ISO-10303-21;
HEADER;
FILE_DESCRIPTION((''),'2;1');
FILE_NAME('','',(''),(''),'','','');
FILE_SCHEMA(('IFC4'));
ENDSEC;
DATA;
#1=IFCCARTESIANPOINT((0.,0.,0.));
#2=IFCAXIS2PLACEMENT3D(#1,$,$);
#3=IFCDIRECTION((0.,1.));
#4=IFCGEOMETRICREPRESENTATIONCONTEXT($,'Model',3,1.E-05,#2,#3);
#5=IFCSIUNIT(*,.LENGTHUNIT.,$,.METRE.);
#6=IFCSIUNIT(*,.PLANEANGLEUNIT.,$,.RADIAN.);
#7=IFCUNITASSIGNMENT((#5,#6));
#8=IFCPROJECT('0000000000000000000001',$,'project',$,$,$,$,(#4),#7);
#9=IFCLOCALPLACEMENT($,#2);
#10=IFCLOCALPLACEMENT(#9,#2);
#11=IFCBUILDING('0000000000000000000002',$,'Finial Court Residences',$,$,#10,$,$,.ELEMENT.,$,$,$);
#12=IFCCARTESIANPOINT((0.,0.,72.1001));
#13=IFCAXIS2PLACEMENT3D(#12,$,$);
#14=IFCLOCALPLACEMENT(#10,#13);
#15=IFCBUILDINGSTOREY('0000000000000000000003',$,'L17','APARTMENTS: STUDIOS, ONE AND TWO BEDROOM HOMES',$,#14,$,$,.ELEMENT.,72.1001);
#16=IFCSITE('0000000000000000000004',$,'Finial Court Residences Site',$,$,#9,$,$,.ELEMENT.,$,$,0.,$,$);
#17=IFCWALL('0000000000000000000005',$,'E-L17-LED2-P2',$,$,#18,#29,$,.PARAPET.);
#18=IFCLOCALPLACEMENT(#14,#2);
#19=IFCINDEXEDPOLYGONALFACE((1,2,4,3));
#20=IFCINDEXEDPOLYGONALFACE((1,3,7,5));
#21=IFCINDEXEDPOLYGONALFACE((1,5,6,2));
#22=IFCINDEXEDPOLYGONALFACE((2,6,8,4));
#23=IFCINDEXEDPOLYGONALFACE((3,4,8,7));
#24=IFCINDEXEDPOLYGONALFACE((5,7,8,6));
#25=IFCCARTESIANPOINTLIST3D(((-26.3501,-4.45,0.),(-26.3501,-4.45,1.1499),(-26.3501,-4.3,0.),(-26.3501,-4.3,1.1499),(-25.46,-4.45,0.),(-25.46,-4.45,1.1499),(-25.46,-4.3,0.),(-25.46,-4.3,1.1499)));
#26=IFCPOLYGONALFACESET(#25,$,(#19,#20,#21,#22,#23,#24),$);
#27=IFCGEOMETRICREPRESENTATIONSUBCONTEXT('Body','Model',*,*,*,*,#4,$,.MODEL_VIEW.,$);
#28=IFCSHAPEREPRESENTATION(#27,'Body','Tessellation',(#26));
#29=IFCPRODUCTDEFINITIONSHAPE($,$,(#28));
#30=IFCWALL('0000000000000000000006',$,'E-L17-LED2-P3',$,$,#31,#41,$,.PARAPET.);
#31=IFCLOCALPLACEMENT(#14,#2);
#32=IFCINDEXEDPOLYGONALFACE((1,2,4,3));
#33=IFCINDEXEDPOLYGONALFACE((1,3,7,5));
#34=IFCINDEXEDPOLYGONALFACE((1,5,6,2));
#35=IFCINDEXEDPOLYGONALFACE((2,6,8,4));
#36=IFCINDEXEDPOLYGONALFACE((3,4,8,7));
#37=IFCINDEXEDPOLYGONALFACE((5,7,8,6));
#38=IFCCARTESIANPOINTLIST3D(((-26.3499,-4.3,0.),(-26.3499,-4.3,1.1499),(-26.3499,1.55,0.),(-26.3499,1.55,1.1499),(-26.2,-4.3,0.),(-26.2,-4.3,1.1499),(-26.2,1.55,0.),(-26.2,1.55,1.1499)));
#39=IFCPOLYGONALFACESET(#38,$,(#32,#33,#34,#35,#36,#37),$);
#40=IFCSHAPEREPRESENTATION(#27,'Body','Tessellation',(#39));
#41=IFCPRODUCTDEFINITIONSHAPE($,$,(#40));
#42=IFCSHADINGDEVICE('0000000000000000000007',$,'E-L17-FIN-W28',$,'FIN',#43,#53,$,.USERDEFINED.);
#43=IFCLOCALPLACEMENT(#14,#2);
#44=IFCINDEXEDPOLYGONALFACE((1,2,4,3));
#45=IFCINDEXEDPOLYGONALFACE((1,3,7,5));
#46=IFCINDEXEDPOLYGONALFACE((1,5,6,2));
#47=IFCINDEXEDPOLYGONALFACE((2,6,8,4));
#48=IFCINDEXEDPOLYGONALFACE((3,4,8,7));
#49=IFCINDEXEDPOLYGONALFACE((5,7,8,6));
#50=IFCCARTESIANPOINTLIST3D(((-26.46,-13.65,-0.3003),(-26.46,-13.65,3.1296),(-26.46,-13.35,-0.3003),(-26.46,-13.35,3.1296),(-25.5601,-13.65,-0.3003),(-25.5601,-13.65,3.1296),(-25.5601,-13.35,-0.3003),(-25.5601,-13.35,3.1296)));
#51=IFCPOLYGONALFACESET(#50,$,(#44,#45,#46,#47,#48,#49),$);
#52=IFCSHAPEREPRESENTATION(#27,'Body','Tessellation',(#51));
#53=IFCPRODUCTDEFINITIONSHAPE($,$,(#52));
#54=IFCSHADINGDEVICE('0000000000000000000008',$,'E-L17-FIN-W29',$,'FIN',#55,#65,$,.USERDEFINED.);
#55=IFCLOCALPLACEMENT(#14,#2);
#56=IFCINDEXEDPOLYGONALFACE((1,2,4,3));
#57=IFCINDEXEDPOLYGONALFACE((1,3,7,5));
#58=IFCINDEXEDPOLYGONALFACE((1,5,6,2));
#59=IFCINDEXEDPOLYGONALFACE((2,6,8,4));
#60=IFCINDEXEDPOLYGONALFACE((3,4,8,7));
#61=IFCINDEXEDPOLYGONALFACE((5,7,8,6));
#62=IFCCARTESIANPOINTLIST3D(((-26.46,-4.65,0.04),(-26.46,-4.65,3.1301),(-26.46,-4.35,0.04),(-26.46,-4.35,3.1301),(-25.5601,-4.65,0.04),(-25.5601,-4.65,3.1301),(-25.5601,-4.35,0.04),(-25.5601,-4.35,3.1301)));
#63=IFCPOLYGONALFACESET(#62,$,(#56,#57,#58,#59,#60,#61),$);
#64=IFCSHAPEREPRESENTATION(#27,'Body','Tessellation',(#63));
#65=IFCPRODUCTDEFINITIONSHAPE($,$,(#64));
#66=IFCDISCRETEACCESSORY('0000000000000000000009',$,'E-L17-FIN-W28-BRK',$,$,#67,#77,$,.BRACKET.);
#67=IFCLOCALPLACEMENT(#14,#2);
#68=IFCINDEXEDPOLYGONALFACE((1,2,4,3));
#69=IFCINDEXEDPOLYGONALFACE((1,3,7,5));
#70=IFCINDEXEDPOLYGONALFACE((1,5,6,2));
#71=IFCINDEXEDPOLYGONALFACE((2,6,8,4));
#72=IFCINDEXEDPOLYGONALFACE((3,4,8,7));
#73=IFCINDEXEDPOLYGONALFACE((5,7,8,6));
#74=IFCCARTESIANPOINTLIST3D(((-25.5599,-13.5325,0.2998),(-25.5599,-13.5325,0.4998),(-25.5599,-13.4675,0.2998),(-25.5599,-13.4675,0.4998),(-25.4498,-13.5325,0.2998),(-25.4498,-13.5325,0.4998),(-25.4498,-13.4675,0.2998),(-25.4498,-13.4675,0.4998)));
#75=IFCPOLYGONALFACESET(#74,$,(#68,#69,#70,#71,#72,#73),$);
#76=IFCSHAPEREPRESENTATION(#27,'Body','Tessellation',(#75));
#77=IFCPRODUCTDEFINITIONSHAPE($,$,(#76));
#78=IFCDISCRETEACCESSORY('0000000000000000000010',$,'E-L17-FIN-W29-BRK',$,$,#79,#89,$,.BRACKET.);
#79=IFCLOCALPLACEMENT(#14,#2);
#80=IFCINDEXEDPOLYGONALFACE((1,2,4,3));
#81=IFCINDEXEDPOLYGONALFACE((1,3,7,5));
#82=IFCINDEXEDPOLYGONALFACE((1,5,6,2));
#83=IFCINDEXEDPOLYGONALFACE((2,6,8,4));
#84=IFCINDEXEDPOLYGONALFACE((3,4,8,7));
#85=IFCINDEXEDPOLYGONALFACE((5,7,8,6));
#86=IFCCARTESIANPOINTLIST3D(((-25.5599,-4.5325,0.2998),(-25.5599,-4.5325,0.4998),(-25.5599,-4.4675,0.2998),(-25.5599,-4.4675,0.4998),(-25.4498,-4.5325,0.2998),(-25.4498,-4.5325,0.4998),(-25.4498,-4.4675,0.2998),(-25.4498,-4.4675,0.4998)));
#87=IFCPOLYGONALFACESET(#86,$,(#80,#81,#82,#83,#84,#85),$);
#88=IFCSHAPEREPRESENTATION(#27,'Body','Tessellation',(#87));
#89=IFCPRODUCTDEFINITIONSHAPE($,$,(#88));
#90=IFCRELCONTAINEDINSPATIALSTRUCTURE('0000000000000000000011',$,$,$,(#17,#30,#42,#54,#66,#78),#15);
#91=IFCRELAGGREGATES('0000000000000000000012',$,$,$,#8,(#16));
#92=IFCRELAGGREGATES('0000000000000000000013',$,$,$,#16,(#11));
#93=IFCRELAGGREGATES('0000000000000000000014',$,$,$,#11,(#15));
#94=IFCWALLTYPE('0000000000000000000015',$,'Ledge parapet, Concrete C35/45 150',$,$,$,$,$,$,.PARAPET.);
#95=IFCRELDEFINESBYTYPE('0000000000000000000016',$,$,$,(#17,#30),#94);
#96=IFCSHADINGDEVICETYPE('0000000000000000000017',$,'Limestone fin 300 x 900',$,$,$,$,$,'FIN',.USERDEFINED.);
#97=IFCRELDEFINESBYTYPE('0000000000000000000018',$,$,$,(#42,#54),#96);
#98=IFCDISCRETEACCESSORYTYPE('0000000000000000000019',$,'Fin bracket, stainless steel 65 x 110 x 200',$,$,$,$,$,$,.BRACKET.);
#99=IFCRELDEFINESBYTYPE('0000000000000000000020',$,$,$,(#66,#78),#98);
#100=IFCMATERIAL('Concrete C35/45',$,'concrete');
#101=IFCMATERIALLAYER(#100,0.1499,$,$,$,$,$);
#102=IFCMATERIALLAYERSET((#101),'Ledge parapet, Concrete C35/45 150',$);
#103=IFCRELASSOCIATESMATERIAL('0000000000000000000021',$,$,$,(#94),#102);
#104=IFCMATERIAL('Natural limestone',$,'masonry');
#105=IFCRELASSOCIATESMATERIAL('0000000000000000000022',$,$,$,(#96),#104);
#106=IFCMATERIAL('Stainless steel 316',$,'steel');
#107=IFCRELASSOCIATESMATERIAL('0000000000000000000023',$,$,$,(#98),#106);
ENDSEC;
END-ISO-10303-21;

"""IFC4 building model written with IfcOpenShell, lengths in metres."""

from ifc_helpers import new_model, si_unit, direction, frame, frame_2d, origin, origin_2d, place, context, subcontext, project, spatial, rectangle, extrude, material, layer, layer_set, type_object, element, save


model = new_model("IFC4")

# Units and contexts
model_context = context("Model", 3, precision=1e-05, world=origin(), true_north=direction((0.0, 1.0)))
body_context = subcontext(model_context, "Body", "Model", "MODEL_VIEW")
ifc_project = project(units=[si_unit("LENGTHUNIT", "METRE"), si_unit("PLANEANGLEUNIT", "RADIAN")], contexts=[model_context])

# Site, building, storey
site_placement = place(None, origin())
site = spatial("IfcSite", under=ifc_project, at=site_placement, Name="Finial Court Residences Site", CompositionType="ELEMENT", RefElevation=0.0)
building_placement = place(site_placement, origin())
building = spatial("IfcBuilding", under=site, at=building_placement, Name="Finial Court Residences", CompositionType="ELEMENT")
storey_placement = place(building_placement, frame((0.0, 0.0, 72.1001)))
storey = spatial("IfcBuildingStorey", under=building, at=storey_placement, Name="L17", Description="APARTMENTS: STUDIOS, ONE AND TWO BEDROOM HOMES", CompositionType="ELEMENT", Elevation=72.1001)

# Walls
ifc_material_1 = material(Name="Concrete C35/45", Category="concrete")
ifc_layer_1 = layer(ifc_material_1, 0.1499)
ifc_layer_set_1 = layer_set([ifc_layer_1], Name="Ledge parapet, Concrete C35/45 150")
wall_type_1 = type_object("IfcWallType", Name="Ledge parapet, Concrete C35/45 150", PredefinedType="PARAPET", material=ifc_layer_set_1)
wall_1_placement = place(storey_placement, frame((-25.46, -4.375, 0.0), z_axis=(0.0, 0.0, 1.0), x_axis=(-1.0, 0.0, 0.0)))
element("IfcWall", 1, at=wall_1_placement, inside=storey, type_object=wall_type_1, Name="E-L17-LED2-P2", PredefinedType="PARAPET", context=body_context, shape_type="SweptSolid", body=[
    extrude(rectangle(XDim=0.8901, YDim=0.1499, at=frame_2d((0.4451, 0.0))), origin(), (0.0, 0.0, 1.0), 1.1499),
])
wall_2_placement = place(storey_placement, frame((-26.2749, -4.3, 0.0), z_axis=(0.0, 0.0, 1.0), x_axis=(0.0, 1.0, 0.0)))
element("IfcWall", 2, at=wall_2_placement, inside=storey, type_object=wall_type_1, Name="E-L17-LED2-P3", PredefinedType="PARAPET", context=body_context, shape_type="SweptSolid", body=[
    extrude(rectangle(XDim=5.8501, YDim=0.1499, at=frame_2d((2.925, 0.0))), origin(), (0.0, 0.0, 1.0), 1.1499),
])

# Shading devices
ifc_material_2 = material(Name="Natural limestone", Category="masonry")
shading_device_type = type_object("IfcShadingDeviceType", Name="Limestone fin 300 x 900", ElementType="FIN", PredefinedType="USERDEFINED", material=ifc_material_2)
shading_device_1_placement = place(storey_placement, frame((-26.01, -13.5, -0.3003), z_axis=(0.0, 0.0, 1.0), x_axis=(1.0, 0.0, 0.0)))
element("IfcShadingDevice", 3, at=shading_device_1_placement, inside=storey, type_object=shading_device_type, Name="E-L17-FIN-W28", ObjectType="FIN", PredefinedType="USERDEFINED", context=body_context, shape_type="SweptSolid", body=[
    extrude(rectangle(XDim=0.8999, YDim=0.3, at=origin_2d()), origin(), (0.0, 0.0, 1.0), 3.4299),
])
shading_device_2_placement = place(storey_placement, frame((-26.01, -4.5, 0.04), z_axis=(0.0, 0.0, 1.0), x_axis=(1.0, 0.0, 0.0)))
element("IfcShadingDevice", 4, at=shading_device_2_placement, inside=storey, type_object=shading_device_type, Name="E-L17-FIN-W29", ObjectType="FIN", PredefinedType="USERDEFINED", context=body_context, shape_type="SweptSolid", body=[
    extrude(rectangle(XDim=0.8999, YDim=0.3, at=origin_2d()), origin(), (0.0, 0.0, 1.0), 3.0901),
])

# Discrete accessories
ifc_material_3 = material(Name="Stainless steel 316", Category="steel")
discrete_accessory_type = type_object("IfcDiscreteAccessoryType", Name="Fin bracket, stainless steel 65 x 110 x 200", PredefinedType="BRACKET", material=ifc_material_3)
for number, where, z_axis, x_axis, name in (
    (5, (-25.5049, -13.5, 0.2998), (0.0, 0.0, 1.0), (1.0, 0.0, 0.0), "E-L17-FIN-W28-BRK"),
    (6, (-25.5049, -4.5, 0.2998), (0.0, 0.0, 1.0), (1.0, 0.0, 0.0), "E-L17-FIN-W29-BRK"),
):
    element("IfcDiscreteAccessory", number, at=place(storey_placement, frame(where, z_axis=z_axis, x_axis=x_axis)), inside=storey, type_object=discrete_accessory_type, Name=name, PredefinedType="BRACKET", context=body_context, shape_type="SweptSolid", body=[
        extrude(rectangle(XDim=0.1101, YDim=0.0649, at=origin_2d()), origin(), (0.0, 0.0, 1.0), 0.2),
    ])

save(model, "model.ifc")
